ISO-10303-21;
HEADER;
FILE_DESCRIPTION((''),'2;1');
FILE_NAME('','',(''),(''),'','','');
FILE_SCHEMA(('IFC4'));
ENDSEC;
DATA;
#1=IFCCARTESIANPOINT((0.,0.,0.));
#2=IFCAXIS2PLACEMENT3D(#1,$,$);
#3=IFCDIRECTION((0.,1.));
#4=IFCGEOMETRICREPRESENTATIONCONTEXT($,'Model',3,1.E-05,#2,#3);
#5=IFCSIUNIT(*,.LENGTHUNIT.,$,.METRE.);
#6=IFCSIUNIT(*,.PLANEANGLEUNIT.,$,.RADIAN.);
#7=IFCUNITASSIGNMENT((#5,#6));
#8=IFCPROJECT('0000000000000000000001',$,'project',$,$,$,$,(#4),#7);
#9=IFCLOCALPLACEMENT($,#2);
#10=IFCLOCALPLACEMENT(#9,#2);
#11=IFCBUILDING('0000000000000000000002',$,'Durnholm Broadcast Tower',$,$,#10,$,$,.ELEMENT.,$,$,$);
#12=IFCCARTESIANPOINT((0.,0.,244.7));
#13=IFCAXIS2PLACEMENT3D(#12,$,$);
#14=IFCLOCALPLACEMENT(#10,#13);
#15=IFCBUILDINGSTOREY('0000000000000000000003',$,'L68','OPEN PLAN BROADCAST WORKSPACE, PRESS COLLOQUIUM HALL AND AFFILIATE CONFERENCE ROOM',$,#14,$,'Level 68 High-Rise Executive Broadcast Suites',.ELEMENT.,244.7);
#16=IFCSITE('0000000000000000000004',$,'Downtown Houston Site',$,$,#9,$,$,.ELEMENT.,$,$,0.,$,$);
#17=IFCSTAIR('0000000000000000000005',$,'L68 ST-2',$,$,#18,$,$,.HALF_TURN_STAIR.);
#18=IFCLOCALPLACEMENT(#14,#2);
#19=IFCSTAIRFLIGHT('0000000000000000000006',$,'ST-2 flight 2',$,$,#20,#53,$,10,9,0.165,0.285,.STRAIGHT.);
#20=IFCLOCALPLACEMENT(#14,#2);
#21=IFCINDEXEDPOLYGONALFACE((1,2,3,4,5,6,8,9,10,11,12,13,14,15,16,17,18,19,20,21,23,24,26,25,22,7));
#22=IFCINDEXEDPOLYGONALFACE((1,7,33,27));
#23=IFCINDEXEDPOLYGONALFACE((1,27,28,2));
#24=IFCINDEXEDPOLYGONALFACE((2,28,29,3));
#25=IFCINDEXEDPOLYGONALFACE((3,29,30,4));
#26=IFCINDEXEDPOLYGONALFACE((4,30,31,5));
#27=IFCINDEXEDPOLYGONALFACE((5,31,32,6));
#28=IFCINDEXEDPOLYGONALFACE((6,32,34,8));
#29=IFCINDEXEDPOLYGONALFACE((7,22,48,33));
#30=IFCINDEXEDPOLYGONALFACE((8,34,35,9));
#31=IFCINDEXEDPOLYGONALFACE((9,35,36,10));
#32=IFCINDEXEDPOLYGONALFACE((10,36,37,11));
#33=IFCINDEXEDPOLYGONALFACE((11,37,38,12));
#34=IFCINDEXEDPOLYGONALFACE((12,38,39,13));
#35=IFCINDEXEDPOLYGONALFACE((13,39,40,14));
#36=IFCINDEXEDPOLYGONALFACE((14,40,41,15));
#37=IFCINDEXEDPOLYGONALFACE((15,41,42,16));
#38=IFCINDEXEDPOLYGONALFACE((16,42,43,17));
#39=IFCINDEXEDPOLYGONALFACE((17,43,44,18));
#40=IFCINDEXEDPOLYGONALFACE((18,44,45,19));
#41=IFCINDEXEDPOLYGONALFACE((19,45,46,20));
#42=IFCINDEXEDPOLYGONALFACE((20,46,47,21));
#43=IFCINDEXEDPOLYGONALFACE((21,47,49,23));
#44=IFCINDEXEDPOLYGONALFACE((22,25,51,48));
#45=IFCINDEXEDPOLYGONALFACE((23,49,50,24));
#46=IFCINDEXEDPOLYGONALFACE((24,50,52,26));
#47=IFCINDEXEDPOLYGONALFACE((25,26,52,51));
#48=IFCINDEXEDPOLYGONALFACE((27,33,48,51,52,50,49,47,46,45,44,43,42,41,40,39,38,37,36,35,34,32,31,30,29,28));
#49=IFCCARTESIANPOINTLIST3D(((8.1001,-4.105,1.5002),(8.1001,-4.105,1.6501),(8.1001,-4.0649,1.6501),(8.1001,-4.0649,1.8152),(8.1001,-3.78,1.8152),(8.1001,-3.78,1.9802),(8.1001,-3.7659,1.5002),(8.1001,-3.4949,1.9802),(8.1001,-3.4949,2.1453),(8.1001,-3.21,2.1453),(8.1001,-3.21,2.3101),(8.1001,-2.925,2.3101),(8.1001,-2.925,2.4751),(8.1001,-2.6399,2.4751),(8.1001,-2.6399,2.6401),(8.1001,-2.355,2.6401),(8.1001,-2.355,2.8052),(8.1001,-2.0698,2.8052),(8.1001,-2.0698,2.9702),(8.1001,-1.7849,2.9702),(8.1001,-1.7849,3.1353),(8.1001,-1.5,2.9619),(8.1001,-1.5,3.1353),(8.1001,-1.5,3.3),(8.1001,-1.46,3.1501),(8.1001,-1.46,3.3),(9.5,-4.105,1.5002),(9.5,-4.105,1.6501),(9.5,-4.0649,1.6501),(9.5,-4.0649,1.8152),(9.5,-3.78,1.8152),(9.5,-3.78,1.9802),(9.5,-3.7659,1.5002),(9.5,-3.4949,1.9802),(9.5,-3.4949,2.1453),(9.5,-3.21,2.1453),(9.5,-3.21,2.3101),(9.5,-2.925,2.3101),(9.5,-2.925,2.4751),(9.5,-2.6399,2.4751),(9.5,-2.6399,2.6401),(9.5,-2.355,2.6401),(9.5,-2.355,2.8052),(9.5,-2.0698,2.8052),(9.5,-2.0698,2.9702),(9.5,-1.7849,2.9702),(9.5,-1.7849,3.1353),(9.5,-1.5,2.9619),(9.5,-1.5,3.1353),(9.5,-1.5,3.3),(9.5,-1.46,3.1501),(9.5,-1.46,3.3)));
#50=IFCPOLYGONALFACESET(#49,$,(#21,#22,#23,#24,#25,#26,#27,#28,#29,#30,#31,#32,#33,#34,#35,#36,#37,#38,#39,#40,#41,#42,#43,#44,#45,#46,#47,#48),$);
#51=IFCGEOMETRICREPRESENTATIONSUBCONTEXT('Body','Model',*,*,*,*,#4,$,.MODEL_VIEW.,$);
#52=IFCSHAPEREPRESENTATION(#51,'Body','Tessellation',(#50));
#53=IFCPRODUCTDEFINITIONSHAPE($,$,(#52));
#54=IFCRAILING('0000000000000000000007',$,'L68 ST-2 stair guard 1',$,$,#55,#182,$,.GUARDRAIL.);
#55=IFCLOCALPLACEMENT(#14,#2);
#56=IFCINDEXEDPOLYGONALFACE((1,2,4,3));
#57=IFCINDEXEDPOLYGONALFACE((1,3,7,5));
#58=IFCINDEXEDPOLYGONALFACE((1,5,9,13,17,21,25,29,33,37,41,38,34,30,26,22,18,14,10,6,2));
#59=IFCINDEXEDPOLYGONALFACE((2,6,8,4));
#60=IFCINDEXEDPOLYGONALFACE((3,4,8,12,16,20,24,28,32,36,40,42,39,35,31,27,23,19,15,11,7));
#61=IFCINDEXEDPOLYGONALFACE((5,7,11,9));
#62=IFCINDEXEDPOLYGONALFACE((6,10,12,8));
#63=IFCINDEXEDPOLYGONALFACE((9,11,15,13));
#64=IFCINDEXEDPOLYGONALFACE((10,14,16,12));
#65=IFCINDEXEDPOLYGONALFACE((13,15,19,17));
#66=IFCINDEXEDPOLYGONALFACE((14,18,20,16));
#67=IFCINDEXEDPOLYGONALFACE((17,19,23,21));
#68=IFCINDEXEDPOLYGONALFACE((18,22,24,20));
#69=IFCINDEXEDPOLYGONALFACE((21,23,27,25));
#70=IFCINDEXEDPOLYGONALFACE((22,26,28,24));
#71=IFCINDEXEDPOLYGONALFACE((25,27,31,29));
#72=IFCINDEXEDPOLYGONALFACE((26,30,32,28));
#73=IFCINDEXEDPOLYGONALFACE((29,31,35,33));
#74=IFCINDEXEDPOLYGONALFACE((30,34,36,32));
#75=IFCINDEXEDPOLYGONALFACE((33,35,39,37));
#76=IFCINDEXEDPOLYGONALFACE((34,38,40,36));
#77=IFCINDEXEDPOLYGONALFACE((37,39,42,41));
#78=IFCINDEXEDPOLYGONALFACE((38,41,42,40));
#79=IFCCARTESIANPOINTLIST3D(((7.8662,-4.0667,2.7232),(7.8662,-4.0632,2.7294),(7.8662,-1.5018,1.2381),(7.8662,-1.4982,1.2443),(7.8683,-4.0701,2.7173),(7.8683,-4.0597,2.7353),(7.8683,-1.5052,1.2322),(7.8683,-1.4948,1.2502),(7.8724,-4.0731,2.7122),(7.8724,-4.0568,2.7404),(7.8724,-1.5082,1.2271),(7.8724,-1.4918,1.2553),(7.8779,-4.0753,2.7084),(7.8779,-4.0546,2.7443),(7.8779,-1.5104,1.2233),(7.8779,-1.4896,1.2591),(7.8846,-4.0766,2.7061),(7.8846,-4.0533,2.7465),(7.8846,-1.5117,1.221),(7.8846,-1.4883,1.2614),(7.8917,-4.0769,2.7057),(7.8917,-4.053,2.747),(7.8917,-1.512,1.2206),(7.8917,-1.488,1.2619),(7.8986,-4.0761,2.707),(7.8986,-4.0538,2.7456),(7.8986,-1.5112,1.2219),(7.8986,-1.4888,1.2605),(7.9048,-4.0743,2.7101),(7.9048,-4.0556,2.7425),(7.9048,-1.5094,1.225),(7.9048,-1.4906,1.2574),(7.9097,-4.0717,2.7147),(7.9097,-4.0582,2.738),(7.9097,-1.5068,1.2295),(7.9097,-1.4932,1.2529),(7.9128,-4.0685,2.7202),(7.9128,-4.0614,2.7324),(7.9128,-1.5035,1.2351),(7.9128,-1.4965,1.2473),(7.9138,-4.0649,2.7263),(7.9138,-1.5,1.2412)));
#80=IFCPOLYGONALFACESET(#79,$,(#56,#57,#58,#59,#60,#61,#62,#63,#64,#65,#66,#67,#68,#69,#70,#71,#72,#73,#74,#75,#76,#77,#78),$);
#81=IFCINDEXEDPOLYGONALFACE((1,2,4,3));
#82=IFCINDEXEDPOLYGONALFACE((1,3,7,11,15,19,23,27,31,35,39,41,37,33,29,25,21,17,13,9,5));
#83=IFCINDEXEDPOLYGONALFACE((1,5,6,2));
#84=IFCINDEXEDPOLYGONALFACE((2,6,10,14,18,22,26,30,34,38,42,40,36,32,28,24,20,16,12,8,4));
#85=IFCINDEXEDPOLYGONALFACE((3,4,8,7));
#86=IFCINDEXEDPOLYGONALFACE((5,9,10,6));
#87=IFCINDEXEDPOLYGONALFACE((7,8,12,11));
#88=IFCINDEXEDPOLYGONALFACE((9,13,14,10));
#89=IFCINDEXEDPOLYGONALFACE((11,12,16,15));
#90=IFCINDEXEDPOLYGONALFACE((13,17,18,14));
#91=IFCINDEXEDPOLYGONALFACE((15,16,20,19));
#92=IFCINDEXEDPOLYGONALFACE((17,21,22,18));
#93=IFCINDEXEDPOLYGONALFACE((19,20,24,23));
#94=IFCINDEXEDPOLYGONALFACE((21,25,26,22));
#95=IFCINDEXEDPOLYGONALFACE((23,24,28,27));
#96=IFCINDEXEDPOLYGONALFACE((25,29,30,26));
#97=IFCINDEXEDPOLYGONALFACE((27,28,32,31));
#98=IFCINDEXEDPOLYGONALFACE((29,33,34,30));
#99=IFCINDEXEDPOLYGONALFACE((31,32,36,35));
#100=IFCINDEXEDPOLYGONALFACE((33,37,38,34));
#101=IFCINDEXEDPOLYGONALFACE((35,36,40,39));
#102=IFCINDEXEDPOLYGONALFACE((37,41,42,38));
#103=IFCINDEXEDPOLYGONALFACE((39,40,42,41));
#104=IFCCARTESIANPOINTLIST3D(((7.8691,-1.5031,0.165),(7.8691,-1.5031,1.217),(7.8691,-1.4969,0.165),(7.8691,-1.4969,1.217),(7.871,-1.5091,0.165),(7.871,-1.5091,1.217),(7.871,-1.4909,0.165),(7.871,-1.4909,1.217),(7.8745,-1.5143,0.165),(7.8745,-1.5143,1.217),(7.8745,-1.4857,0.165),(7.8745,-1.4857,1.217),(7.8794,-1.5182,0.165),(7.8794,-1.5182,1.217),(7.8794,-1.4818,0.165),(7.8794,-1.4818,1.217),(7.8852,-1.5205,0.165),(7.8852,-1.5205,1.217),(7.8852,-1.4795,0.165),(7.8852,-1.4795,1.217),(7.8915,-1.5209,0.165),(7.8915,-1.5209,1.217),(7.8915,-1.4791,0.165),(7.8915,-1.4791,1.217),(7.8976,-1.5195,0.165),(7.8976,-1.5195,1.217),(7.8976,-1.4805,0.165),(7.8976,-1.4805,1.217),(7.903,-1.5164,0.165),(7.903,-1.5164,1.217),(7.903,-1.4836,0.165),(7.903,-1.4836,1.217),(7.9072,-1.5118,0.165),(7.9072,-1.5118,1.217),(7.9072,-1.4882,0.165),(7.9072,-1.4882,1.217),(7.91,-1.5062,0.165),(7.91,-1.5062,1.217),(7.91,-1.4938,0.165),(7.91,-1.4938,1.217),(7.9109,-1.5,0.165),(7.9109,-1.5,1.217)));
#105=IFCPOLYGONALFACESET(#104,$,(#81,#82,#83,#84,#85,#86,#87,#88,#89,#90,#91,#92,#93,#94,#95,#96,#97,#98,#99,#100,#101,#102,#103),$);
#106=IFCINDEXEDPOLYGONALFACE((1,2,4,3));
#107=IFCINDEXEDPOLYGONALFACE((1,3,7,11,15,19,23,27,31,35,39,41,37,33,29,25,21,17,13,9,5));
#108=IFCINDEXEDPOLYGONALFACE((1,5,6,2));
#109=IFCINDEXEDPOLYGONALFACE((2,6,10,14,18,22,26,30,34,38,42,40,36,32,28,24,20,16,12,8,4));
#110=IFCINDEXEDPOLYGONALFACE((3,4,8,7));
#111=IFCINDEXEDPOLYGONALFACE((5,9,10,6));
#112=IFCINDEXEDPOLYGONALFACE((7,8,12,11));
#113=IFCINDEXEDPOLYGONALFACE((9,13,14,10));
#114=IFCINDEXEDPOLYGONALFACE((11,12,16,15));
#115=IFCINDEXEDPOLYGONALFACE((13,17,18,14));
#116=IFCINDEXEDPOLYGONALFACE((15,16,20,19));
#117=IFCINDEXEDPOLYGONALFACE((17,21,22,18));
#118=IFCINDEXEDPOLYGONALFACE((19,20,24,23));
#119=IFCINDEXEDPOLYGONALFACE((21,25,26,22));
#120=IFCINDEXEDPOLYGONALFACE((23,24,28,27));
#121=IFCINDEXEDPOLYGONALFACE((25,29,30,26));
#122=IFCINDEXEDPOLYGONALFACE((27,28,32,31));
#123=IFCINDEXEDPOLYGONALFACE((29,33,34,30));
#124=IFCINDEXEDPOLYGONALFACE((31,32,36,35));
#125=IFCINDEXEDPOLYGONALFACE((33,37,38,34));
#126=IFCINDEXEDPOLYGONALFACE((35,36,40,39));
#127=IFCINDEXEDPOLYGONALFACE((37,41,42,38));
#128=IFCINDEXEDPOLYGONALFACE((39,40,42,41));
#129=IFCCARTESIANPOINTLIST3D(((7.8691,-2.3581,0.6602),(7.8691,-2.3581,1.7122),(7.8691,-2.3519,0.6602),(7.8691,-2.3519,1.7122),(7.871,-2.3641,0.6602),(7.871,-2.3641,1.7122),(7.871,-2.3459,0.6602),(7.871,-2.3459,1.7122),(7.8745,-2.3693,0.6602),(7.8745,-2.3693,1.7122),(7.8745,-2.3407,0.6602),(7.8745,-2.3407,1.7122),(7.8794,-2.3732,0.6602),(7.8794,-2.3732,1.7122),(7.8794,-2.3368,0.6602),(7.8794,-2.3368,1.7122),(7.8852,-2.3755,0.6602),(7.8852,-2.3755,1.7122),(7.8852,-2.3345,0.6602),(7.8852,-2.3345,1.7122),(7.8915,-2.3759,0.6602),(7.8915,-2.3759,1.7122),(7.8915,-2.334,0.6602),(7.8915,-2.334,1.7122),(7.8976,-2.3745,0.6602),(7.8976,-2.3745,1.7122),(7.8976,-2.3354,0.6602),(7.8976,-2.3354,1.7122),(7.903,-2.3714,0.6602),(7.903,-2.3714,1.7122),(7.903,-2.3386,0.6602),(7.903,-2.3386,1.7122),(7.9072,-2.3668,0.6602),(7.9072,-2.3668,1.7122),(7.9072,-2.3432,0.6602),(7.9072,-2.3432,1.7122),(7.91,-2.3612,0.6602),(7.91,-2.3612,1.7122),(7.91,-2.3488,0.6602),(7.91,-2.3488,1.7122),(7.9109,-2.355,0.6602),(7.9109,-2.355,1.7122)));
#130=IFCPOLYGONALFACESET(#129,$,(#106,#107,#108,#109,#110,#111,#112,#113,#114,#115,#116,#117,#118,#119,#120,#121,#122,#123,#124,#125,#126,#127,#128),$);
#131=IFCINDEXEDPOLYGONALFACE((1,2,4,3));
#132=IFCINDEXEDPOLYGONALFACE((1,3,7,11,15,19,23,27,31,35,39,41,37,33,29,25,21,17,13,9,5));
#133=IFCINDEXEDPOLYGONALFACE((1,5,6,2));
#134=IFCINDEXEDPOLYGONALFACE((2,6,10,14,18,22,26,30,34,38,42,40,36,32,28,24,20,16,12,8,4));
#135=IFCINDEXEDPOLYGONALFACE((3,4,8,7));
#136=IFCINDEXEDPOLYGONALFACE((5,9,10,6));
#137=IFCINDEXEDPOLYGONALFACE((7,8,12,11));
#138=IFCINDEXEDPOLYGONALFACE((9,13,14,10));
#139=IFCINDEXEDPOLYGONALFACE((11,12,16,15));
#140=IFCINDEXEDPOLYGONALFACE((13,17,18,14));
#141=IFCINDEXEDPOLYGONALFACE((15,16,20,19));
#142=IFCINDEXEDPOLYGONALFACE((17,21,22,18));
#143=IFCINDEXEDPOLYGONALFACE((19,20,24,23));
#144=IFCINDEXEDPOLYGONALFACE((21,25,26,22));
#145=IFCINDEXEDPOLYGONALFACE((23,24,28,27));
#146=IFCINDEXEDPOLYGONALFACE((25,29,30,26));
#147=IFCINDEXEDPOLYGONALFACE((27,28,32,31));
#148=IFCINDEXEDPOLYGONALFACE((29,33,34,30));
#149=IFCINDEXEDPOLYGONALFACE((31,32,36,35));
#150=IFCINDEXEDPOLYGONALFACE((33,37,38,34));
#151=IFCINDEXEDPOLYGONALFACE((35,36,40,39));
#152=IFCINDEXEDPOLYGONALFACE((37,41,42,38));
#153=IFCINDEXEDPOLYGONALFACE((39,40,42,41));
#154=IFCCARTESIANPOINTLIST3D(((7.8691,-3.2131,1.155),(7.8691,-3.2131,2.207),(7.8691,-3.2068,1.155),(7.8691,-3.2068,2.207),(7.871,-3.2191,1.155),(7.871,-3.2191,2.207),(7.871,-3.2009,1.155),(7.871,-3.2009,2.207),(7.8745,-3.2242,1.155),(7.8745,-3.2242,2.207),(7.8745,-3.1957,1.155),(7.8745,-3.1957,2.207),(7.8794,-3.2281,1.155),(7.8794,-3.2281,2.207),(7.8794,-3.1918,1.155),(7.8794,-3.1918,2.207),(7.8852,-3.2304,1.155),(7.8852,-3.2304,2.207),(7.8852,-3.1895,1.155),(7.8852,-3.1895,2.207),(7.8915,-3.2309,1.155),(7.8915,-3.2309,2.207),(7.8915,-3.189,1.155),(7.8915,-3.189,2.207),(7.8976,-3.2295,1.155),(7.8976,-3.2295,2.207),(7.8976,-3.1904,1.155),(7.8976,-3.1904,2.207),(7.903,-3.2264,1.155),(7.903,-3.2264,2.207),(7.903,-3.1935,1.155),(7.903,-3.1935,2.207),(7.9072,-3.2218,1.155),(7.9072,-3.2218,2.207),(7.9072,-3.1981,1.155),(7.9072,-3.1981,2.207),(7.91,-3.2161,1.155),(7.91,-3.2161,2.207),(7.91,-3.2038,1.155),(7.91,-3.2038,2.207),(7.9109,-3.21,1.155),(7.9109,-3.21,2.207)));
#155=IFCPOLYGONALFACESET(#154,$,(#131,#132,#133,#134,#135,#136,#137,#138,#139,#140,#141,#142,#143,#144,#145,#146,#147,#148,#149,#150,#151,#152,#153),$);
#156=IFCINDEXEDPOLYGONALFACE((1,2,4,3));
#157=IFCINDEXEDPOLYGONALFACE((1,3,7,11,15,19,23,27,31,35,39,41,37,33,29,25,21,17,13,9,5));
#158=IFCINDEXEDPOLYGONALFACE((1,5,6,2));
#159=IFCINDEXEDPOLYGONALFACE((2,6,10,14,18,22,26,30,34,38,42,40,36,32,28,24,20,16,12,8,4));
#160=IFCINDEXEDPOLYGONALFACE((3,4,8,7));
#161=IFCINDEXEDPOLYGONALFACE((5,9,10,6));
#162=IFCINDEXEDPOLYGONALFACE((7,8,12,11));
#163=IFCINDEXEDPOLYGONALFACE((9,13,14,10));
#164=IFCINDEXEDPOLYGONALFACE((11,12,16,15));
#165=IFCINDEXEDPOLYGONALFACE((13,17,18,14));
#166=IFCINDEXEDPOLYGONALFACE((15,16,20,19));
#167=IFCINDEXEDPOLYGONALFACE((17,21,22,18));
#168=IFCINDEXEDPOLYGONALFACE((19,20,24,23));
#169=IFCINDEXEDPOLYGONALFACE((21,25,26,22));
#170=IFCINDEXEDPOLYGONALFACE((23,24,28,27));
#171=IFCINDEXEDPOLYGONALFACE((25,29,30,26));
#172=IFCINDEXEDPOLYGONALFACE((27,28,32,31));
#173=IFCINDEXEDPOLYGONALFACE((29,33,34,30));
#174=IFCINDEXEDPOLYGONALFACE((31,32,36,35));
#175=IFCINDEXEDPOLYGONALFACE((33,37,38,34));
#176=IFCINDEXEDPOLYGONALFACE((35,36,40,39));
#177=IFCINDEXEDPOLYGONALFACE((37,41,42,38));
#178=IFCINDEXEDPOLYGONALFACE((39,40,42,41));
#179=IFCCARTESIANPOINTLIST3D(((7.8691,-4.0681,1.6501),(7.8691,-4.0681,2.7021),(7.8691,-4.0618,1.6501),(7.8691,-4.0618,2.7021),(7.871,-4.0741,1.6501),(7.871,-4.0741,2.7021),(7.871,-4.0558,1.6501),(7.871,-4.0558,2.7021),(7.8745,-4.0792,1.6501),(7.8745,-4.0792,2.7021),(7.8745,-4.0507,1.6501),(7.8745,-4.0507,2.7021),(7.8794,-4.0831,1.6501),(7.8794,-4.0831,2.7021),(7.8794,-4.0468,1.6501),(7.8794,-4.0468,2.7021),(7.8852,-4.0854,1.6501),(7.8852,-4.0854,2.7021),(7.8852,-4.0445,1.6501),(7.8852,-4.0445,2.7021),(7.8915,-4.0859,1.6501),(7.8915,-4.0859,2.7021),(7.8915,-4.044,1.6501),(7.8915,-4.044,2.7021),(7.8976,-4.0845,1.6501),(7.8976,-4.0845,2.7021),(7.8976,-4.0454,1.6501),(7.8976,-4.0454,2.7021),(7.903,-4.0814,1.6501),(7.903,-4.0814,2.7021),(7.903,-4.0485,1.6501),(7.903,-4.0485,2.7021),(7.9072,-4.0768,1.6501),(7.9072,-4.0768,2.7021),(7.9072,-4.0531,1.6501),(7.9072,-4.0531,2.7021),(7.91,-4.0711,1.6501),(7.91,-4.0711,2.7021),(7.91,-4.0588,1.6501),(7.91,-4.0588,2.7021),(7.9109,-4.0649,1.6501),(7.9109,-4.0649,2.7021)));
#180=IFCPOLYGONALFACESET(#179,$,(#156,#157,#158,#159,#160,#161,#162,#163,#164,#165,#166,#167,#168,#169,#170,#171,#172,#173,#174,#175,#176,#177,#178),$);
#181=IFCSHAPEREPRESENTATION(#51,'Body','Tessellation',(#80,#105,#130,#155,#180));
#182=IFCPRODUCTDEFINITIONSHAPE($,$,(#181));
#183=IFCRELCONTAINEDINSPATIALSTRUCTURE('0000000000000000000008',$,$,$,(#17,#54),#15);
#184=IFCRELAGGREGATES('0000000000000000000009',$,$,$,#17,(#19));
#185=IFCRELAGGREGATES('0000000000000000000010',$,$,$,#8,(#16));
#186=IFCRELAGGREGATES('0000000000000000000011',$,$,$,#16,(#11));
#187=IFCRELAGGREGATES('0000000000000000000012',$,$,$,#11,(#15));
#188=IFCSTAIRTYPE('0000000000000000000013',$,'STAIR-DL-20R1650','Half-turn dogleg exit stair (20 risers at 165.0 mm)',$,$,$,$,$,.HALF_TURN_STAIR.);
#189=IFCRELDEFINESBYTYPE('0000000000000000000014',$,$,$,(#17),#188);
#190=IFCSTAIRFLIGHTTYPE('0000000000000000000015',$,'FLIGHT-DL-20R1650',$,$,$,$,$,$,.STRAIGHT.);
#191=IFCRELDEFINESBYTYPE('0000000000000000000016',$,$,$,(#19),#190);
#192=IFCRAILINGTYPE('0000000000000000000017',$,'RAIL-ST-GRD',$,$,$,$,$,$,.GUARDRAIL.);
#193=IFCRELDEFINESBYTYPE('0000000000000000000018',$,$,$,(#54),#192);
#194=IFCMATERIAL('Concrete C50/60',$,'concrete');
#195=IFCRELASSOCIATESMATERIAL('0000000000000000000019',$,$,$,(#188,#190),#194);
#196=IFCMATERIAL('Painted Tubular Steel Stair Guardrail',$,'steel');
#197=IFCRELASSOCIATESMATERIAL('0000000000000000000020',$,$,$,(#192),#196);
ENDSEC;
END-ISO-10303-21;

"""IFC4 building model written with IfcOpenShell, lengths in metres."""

from ifc_helpers import new_model, si_unit, direction, frame, origin, origin_2d, place, context, subcontext, project, spatial, polyline, circle, outline, extrude, material, type_object, element, aggregate, save


model = new_model("IFC4")

# Units and contexts
model_context = context("Model", 3, precision=1e-05, world=origin(), true_north=direction((0.0, 1.0)))
body_context = subcontext(model_context, "Body", "Model", "MODEL_VIEW")
ifc_project = project(units=[si_unit("LENGTHUNIT", "METRE"), si_unit("PLANEANGLEUNIT", "RADIAN")], contexts=[model_context])

# Site, building, storey
site_placement = place(None, origin())
site = spatial("IfcSite", under=ifc_project, at=site_placement, Name="Downtown Houston Site", CompositionType="ELEMENT", RefElevation=0.0)
building_placement = place(site_placement, origin())
building = spatial("IfcBuilding", under=site, at=building_placement, Name="Durnholm Broadcast Tower", CompositionType="ELEMENT")
storey_placement = place(building_placement, frame((0.0, 0.0, 244.7)))
storey = spatial("IfcBuildingStorey", under=building, at=storey_placement, Name="L68", Description="OPEN PLAN BROADCAST WORKSPACE, PRESS COLLOQUIUM HALL AND AFFILIATE CONFERENCE ROOM", LongName="Level 68 High-Rise Executive Broadcast Suites", CompositionType="ELEMENT", Elevation=244.7)

# Shared definitions
ifc_material_1 = material(Name="Concrete C50/60", Category="concrete")

# Stair, stair flight
stair_type = type_object("IfcStairType", Name="STAIR-DL-20R1650", Description="Half-turn dogleg exit stair (20 risers at 165.0 mm)", PredefinedType="HALF_TURN_STAIR", material=ifc_material_1)
stair_placement = place(storey_placement, origin())
stair = element("IfcStair", 1, at=stair_placement, inside=storey, type_object=stair_type, Name="L68 ST-2", PredefinedType="HALF_TURN_STAIR")
stair_flight_type = type_object("IfcStairFlightType", Name="FLIGHT-DL-20R1650", PredefinedType="STRAIGHT", material=ifc_material_1)
stair_flight_1_placement = place(storey_placement, frame((8.8, -4.0649, 1.6501), z_axis=(0.0, 0.0, 1.0), x_axis=(0.0, 1.0, 0.0)))
stair_flight_1 = element("IfcStairFlight", 2, at=stair_flight_1_placement, type_object=stair_flight_type, Name="ST-2 flight 2", NumberOfRisers=10, NumberOfTreads=9, PredefinedType="STRAIGHT", RiserHeight=0.165, TreadLength=0.285, context=body_context, shape_type="SweptSolid", body=[
    extrude(outline(polyline([(-0.04, -0.1499), (-0.04, 0.0), (0.0, 0.0), (0.0, 0.165), (0.2849, 0.165), (0.2849, 0.3301), (0.5701, 0.3301), (0.5701, 0.4951), (0.855, 0.4951), (0.855, 0.6599), (1.1399, 0.6599), (1.1399, 0.825), (1.425, 0.825), (1.425, 0.99), (1.71, 0.99), (1.71, 1.155), (1.9951, 1.155), (1.9951, 1.3201), (2.28, 1.3201), (2.28, 1.4851), (2.5649, 1.4851), (2.5649, 1.6499), (2.605, 1.6499), (2.605, 1.5), (2.5649, 1.3118), (0.2991, -0.1499), (-0.04, -0.1499)])), frame((0.0, 0.7, 0.0), z_axis=(0.0, -1.0, 0.0), x_axis=(1.0, 0.0, 0.0)), (0.0, 0.0, 1.0), 1.3999),
])
aggregate(stair, [stair_flight_1])

# Railing
ifc_material_2 = material(Name="Painted Tubular Steel Stair Guardrail", Category="steel")
railing_type_1 = type_object("IfcRailingType", Name="RAIL-ST-GRD", PredefinedType="GUARDRAIL", material=ifc_material_2)
railing_1_placement = place(storey_placement, frame((7.8899, -1.5, 0.165)))
element("IfcRailing", 3, at=railing_1_placement, inside=storey, type_object=railing_type_1, Name="L68 ST-2 stair guard 1", PredefinedType="GUARDRAIL", context=body_context, shape_type="SweptSolid", body=[
    extrude(circle(Radius=0.0239, at=origin_2d()), frame((0.0, 0.0, 1.0762), z_axis=(0.0, -0.865406, 0.501072), x_axis=(1.0, 0.0, 0.0)), (0.0, 0.0, 1.0), 2.9639),
    extrude(circle(Radius=0.021, at=origin_2d()), origin(), (0.0, 0.0, 1.0), 1.052),
    extrude(circle(Radius=0.021, at=origin_2d()), frame((0.0, -0.855, 0.4951)), (0.0, 0.0, 1.0), 1.052),
    extrude(circle(Radius=0.021, at=origin_2d()), frame((0.0, -1.71, 0.99)), (0.0, 0.0, 1.0), 1.052),
    extrude(circle(Radius=0.021, at=origin_2d()), frame((0.0, -2.5649, 1.4851)), (0.0, 0.0, 1.0), 1.052),
])

save(model, "model.ifc")
